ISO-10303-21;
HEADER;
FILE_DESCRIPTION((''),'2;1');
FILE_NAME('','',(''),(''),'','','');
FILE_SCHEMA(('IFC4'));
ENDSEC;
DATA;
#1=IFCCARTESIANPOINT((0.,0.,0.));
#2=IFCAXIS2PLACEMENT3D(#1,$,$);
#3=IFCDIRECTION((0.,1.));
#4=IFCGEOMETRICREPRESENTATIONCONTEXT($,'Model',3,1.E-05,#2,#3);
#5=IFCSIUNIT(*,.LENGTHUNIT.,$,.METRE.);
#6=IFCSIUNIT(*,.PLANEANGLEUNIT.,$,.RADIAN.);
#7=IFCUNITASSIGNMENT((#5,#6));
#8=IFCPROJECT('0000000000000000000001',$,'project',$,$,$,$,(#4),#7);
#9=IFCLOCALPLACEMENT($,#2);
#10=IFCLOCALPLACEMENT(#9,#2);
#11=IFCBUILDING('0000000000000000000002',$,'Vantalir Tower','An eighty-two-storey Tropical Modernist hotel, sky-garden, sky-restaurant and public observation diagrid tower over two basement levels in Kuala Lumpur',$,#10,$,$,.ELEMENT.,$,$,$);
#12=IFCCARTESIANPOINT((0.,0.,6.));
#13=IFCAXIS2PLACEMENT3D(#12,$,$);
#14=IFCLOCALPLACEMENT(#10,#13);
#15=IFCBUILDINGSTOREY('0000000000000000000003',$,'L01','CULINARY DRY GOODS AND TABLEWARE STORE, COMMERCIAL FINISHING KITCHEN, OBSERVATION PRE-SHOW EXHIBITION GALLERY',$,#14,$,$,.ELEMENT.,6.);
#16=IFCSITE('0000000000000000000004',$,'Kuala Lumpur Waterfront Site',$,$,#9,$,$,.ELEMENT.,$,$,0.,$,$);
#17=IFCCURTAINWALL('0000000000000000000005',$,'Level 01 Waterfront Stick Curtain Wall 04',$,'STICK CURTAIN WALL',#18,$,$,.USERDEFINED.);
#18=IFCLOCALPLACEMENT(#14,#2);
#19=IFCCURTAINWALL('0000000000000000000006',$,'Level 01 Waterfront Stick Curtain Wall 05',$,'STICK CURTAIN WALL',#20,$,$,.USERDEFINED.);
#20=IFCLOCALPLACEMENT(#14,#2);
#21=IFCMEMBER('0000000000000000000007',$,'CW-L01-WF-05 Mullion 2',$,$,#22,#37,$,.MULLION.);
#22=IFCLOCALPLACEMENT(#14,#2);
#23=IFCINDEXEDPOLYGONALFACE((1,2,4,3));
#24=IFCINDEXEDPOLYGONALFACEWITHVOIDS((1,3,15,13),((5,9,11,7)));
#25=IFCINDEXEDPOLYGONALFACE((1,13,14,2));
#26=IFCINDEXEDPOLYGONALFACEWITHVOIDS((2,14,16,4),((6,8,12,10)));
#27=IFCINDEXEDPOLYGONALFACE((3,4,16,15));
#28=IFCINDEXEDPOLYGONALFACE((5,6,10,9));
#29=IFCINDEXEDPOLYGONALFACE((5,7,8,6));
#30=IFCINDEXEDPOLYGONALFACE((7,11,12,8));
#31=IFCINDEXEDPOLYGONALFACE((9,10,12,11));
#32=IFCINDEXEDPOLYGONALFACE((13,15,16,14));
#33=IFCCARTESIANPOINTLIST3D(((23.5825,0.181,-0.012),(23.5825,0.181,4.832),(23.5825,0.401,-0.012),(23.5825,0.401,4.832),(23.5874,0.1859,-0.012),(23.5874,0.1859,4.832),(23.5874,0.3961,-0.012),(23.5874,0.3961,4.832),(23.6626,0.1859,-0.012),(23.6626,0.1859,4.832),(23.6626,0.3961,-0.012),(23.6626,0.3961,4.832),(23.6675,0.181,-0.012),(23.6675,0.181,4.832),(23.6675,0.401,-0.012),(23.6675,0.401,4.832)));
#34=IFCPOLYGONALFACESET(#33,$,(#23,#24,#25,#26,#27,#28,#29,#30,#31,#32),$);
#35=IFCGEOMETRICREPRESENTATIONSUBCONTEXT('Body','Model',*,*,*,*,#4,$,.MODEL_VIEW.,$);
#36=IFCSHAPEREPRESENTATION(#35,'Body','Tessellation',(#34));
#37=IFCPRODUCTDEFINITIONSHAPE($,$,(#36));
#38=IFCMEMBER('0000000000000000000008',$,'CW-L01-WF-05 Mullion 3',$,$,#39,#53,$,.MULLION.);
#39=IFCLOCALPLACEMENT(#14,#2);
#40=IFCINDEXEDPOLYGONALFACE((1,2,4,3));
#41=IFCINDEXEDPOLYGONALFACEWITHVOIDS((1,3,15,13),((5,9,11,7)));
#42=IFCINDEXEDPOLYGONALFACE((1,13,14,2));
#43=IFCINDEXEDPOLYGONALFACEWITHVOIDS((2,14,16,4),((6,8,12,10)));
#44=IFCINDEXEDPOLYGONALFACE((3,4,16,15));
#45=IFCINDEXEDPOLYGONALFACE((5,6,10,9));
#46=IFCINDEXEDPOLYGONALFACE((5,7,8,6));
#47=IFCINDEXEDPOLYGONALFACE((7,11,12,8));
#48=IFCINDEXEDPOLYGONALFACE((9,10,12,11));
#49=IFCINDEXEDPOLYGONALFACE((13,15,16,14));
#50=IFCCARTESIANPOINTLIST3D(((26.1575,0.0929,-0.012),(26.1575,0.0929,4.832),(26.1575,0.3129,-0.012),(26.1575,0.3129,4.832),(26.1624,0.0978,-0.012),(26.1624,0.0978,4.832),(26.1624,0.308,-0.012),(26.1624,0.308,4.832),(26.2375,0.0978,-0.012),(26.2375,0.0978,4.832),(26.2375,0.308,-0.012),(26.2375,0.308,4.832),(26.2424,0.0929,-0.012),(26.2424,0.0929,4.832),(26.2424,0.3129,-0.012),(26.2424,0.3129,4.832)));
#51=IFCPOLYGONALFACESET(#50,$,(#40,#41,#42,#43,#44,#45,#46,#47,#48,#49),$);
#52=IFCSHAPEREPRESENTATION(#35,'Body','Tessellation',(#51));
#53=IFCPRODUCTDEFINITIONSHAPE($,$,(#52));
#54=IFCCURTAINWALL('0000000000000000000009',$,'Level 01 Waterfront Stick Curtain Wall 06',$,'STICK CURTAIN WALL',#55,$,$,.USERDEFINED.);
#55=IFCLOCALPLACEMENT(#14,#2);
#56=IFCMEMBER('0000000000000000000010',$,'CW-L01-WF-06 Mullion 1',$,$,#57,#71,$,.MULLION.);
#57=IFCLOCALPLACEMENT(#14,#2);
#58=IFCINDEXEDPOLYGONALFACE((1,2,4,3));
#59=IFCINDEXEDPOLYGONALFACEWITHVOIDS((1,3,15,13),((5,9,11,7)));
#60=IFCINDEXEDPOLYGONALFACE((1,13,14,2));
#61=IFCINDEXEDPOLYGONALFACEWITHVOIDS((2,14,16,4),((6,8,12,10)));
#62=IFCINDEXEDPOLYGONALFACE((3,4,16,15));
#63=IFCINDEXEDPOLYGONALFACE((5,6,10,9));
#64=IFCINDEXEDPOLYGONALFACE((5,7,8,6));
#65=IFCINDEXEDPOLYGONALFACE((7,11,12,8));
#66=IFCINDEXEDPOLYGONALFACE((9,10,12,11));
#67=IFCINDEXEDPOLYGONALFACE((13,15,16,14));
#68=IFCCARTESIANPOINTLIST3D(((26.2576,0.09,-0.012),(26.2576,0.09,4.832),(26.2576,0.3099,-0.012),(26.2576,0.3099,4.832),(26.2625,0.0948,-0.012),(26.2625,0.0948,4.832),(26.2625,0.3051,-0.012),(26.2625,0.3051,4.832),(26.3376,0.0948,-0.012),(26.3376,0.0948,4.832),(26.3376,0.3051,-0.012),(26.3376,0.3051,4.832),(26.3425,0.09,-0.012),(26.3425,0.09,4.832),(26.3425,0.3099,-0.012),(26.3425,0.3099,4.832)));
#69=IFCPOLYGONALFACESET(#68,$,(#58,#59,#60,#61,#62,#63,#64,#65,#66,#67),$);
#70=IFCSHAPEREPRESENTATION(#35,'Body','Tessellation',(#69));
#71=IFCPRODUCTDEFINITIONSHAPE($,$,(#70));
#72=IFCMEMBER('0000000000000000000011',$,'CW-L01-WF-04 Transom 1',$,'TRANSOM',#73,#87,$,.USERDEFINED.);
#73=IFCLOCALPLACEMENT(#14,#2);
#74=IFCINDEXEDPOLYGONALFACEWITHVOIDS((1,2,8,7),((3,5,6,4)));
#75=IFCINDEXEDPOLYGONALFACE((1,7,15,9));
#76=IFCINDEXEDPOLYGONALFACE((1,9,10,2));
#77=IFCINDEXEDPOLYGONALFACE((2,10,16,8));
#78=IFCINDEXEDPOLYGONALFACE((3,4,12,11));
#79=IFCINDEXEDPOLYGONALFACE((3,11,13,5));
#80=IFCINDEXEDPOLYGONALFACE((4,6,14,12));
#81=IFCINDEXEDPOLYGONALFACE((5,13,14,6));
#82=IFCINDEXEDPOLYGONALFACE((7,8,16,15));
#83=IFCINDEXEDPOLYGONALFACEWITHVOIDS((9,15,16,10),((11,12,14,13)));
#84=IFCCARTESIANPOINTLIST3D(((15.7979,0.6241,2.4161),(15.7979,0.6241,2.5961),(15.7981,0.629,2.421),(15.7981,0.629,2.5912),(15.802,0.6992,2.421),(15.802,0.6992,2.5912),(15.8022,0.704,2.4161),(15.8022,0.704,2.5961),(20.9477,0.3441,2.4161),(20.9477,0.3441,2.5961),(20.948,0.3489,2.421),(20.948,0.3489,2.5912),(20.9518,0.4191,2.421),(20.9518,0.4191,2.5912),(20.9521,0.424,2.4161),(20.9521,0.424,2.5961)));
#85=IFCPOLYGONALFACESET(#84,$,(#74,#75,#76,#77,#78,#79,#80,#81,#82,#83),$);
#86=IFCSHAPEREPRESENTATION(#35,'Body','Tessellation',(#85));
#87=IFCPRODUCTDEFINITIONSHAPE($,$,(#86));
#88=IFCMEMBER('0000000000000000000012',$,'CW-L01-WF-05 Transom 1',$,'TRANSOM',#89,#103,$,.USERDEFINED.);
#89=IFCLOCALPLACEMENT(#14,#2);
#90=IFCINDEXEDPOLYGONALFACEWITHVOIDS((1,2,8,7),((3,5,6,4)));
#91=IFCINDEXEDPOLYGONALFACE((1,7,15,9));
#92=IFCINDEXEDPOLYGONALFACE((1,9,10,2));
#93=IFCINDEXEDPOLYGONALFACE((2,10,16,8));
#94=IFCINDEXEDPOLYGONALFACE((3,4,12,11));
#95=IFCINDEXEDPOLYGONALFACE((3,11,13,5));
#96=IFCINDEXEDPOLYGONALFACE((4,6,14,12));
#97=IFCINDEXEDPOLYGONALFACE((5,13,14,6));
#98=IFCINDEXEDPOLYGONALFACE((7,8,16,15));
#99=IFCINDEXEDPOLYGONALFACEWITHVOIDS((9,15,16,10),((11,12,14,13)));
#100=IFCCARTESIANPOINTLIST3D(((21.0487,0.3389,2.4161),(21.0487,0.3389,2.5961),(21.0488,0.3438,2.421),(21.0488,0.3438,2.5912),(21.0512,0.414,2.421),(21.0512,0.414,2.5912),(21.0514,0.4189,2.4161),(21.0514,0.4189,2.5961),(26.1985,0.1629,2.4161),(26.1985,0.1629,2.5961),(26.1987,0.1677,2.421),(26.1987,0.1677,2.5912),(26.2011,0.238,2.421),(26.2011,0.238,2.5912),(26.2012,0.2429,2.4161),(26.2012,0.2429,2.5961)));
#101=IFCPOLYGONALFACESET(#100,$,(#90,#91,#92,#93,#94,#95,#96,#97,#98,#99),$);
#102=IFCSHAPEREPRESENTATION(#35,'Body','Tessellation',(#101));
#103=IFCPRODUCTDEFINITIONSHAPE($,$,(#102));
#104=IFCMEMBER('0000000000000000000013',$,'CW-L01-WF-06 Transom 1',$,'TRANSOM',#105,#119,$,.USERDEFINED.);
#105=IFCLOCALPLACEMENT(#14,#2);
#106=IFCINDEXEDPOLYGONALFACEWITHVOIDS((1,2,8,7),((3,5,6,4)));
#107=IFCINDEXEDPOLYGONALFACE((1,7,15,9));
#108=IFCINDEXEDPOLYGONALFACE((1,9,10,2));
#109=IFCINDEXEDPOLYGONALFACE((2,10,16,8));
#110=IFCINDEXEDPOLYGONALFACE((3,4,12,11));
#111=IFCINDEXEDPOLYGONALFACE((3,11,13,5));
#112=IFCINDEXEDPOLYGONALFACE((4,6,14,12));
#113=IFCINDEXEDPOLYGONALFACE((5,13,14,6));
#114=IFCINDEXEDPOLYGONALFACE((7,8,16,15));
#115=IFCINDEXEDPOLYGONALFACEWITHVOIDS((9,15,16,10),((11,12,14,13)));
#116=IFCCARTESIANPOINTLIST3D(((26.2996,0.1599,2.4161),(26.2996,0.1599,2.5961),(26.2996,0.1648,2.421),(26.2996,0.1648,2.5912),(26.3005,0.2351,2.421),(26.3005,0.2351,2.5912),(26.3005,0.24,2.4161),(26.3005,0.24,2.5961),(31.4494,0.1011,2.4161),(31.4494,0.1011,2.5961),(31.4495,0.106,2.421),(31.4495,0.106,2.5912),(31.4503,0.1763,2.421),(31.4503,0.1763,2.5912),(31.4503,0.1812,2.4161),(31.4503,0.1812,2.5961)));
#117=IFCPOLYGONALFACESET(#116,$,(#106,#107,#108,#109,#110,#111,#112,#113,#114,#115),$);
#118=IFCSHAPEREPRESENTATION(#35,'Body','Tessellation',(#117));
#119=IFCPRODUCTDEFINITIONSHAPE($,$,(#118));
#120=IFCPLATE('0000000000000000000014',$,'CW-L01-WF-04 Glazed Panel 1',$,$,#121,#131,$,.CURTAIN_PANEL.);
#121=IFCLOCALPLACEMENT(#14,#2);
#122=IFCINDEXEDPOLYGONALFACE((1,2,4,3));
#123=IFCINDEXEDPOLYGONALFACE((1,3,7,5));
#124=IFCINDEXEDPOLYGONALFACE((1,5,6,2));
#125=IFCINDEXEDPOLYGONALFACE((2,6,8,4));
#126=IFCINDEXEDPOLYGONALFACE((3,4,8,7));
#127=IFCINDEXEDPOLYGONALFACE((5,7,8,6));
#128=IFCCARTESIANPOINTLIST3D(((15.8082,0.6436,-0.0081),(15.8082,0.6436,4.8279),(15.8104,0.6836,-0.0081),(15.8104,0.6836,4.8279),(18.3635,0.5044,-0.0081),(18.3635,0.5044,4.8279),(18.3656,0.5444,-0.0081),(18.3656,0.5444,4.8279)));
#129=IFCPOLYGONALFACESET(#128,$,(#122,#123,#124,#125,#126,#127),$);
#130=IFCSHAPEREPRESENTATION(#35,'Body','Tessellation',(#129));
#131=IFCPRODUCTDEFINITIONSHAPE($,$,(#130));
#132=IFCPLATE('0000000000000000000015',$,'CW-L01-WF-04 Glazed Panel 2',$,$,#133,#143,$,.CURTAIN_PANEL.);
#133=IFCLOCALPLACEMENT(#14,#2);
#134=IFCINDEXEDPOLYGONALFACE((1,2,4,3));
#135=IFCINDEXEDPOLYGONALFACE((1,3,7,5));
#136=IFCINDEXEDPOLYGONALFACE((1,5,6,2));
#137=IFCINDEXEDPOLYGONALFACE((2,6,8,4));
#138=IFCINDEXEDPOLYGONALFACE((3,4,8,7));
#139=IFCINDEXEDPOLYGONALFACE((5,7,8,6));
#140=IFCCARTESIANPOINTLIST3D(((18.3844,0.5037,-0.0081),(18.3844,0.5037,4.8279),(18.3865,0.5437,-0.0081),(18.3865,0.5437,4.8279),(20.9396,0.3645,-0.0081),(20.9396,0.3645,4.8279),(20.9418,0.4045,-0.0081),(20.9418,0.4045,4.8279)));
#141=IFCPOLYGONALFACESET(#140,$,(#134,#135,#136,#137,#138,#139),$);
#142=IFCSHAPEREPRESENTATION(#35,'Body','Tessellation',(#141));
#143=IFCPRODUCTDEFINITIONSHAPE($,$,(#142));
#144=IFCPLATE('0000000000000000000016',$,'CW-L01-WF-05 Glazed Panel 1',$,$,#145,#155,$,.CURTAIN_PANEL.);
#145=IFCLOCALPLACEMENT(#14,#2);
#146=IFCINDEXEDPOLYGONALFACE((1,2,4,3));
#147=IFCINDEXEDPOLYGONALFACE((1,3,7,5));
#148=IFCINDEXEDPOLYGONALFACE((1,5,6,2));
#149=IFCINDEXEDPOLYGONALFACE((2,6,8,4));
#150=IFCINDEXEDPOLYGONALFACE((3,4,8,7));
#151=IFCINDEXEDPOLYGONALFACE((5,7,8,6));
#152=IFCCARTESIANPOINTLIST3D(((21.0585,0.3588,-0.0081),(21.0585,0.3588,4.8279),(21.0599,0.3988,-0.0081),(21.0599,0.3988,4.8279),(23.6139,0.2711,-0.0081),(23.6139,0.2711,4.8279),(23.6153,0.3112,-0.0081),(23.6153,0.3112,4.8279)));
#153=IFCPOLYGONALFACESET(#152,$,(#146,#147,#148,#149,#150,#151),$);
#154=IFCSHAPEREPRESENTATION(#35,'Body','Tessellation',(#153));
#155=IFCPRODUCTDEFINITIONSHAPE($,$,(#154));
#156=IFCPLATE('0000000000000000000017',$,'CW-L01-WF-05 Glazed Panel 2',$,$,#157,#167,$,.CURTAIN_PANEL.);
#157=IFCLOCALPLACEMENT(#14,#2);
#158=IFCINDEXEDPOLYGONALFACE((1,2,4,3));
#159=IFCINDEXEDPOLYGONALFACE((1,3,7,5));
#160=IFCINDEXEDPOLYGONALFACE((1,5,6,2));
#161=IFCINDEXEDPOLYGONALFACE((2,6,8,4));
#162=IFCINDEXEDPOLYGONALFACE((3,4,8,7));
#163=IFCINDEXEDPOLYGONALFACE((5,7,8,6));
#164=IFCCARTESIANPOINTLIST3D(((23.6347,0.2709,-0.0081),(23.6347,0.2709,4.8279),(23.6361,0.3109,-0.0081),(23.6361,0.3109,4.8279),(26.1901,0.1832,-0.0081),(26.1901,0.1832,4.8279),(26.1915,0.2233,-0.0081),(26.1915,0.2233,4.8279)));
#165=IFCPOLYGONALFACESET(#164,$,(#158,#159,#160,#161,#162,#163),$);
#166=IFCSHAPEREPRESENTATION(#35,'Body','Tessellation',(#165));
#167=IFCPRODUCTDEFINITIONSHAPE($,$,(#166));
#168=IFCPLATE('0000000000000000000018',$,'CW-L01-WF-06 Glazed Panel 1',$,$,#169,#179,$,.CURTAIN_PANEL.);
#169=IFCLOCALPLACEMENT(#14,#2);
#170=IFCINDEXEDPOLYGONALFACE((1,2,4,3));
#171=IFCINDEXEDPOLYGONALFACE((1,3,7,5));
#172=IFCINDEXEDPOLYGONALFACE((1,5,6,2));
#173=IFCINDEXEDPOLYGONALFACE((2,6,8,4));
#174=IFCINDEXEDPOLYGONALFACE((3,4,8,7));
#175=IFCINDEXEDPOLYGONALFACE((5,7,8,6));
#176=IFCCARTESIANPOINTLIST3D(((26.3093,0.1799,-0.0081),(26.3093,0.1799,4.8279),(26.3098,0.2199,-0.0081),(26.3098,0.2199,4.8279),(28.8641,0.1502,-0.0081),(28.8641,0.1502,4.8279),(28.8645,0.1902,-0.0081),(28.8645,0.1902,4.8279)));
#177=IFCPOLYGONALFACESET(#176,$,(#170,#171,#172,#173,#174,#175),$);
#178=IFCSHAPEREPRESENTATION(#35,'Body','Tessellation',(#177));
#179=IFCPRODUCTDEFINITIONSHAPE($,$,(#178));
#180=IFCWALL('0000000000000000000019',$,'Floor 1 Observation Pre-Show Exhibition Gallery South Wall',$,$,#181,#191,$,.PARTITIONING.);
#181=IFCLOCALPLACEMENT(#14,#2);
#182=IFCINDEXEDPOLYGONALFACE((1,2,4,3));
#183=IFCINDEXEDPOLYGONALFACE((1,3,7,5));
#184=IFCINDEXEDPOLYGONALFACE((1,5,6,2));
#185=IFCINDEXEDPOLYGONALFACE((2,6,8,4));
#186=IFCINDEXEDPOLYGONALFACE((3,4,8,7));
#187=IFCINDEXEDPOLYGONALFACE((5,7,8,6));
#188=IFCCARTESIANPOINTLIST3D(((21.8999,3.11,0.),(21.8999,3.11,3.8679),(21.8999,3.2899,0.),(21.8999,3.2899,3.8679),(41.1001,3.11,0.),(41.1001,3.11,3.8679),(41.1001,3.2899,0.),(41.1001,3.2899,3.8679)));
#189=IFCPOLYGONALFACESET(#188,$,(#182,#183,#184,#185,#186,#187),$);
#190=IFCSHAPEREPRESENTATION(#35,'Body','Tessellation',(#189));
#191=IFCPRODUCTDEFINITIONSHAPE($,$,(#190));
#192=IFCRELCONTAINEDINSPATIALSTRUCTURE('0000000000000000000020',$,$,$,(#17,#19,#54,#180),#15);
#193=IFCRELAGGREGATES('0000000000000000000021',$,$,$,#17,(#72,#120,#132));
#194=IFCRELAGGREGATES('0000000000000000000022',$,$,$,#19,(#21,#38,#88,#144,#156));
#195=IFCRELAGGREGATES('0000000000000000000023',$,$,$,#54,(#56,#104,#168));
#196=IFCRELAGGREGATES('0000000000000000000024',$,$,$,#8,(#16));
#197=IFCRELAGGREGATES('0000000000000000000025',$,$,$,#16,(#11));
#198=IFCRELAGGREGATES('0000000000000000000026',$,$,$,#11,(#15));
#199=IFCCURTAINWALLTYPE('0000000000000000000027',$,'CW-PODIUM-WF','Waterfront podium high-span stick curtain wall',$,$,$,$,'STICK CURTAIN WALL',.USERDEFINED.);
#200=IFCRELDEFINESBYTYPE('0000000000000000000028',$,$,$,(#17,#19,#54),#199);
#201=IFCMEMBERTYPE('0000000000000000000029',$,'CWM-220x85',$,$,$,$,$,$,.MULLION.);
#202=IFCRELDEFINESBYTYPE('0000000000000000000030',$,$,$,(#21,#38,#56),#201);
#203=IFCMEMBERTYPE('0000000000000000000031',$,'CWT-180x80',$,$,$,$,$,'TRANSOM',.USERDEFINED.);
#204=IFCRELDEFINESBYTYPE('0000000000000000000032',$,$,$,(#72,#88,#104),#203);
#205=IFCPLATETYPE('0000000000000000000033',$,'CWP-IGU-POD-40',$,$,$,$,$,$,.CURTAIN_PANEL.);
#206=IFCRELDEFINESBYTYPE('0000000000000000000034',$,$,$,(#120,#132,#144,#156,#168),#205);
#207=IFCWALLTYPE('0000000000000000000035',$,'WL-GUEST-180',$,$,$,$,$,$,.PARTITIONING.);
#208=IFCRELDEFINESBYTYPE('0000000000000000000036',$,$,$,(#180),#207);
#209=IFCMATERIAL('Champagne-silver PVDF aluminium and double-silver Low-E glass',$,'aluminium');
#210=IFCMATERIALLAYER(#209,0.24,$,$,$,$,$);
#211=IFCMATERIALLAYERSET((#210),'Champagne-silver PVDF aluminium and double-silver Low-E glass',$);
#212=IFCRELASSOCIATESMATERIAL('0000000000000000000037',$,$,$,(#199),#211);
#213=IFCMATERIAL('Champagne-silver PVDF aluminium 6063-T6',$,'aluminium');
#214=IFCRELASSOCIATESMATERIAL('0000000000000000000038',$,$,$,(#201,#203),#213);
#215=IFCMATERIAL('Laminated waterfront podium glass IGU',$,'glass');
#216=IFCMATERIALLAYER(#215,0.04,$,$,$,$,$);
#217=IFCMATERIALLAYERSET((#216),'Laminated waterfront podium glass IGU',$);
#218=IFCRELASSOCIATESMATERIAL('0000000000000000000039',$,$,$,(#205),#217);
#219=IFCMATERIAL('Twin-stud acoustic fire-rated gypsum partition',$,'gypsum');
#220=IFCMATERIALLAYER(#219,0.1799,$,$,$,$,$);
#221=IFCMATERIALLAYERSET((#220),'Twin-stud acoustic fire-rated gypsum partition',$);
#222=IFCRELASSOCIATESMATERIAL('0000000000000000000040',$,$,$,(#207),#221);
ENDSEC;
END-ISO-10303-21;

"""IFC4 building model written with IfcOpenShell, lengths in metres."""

from ifc_helpers import new_model, si_unit, direction, frame, frame_2d, origin, origin_2d, place, context, subcontext, project, spatial, rectangle, hollow_rectangle, extrude, material, layer, layer_set, material_profile, profile_set, type_object, element, aggregate, save


model = new_model("IFC4")

# Units and contexts
model_context = context("Model", 3, precision=1e-05, world=origin(), true_north=direction((0.0, 1.0)))
body_context = subcontext(model_context, "Body", "Model", "MODEL_VIEW")
ifc_project = project(units=[si_unit("LENGTHUNIT", "METRE"), si_unit("PLANEANGLEUNIT", "RADIAN")], contexts=[model_context])

# Site, building, storey
site_placement = place(None, origin())
site = spatial("IfcSite", under=ifc_project, at=site_placement, Name="Kuala Lumpur Waterfront Site", CompositionType="ELEMENT", RefElevation=0.0)
building_placement = place(site_placement, origin())
building = spatial("IfcBuilding", under=site, at=building_placement, Name="Vantalir Tower", Description="An eighty-two-storey Tropical Modernist hotel, sky-garden, sky-restaurant and public observation diagrid tower over two basement levels in Kuala Lumpur", CompositionType="ELEMENT")
storey_placement = place(building_placement, frame((0.0, 0.0, 6.0)))
storey = spatial("IfcBuildingStorey", under=building, at=storey_placement, Name="L01", Description="CULINARY DRY GOODS AND TABLEWARE STORE, COMMERCIAL FINISHING KITCHEN, OBSERVATION PRE-SHOW EXHIBITION GALLERY", CompositionType="ELEMENT", Elevation=6.0)

# Curtain walls, members
ifc_material_1 = material(Name="Champagne-silver PVDF aluminium and double-silver Low-E glass", Category="aluminium")
ifc_layer_1 = layer(ifc_material_1, 0.24)
ifc_layer_set_1 = layer_set([ifc_layer_1], Name="Champagne-silver PVDF aluminium and double-silver Low-E glass")
curtain_wall_type = type_object("IfcCurtainWallType", Name="CW-PODIUM-WF", Description="Waterfront podium high-span stick curtain wall", ElementType="STICK CURTAIN WALL", PredefinedType="USERDEFINED", material=ifc_layer_set_1)
curtain_wall_1_placement = place(storey_placement, origin())
curtain_wall_1 = element("IfcCurtainWall", 1, at=curtain_wall_1_placement, inside=storey, type_object=curtain_wall_type, Name="Level 01 Waterfront Stick Curtain Wall 04", ObjectType="STICK CURTAIN WALL", PredefinedType="USERDEFINED")
ifc_material_2 = material(Name="Champagne-silver PVDF aluminium 6063-T6", Category="aluminium")
ifc_material_profile_1 = material_profile(ifc_material_2, hollow_rectangle(XDim=0.085, YDim=0.22, WallThickness=0.0049, at=origin_2d()), Name="Champagne-silver PVDF aluminium 6063-T6")
ifc_profile_set_1 = profile_set([ifc_material_profile_1], Name="Champagne-silver PVDF aluminium 6063-T6")
member_type_1 = type_object("IfcMemberType", Name="CWM-220x85", PredefinedType="MULLION", material=ifc_profile_set_1)
curtain_wall_2_placement = place(storey_placement, origin())
curtain_wall_2 = element("IfcCurtainWall", 2, at=curtain_wall_2_placement, inside=storey, type_object=curtain_wall_type, Name="Level 01 Waterfront Stick Curtain Wall 05", ObjectType="STICK CURTAIN WALL", PredefinedType="USERDEFINED")
member_1_placement = place(storey_placement, frame((23.625, 0.291, -0.012), z_axis=(0.0, 0.0, 1.0), x_axis=(1.0, 0.0, 0.0)))
member_1 = element("IfcMember", 3, at=member_1_placement, type_object=member_type_1, Name="CW-L01-WF-05 Mullion 2", PredefinedType="MULLION", context=body_context, shape_type="SweptSolid", body=[
    extrude(hollow_rectangle(XDim=0.085, YDim=0.22, WallThickness=0.0049, at=origin_2d()), origin(), (0.0, 0.0, 1.0), 4.844),
])
member_2_placement = place(storey_placement, frame((26.2, 0.2029, -0.012), z_axis=(0.0, 0.0, 1.0), x_axis=(1.0, 0.0, 0.0)))
member_2 = element("IfcMember", 4, at=member_2_placement, type_object=member_type_1, Name="CW-L01-WF-05 Mullion 3", PredefinedType="MULLION", context=body_context, shape_type="SweptSolid", body=[
    extrude(hollow_rectangle(XDim=0.085, YDim=0.22, WallThickness=0.0049, at=origin_2d()), origin(), (0.0, 0.0, 1.0), 4.844),
])

# Curtain wall, member
curtain_wall_3_placement = place(storey_placement, origin())
curtain_wall_3 = element("IfcCurtainWall", 5, at=curtain_wall_3_placement, inside=storey, type_object=curtain_wall_type, Name="Level 01 Waterfront Stick Curtain Wall 06", ObjectType="STICK CURTAIN WALL", PredefinedType="USERDEFINED")
member_3_placement = place(storey_placement, frame((26.3, 0.2, -0.012), z_axis=(0.0, 0.0, 1.0), x_axis=(1.0, 0.0, 0.0)))
member_3 = element("IfcMember", 6, at=member_3_placement, type_object=member_type_1, Name="CW-L01-WF-06 Mullion 1", PredefinedType="MULLION", context=body_context, shape_type="SweptSolid", body=[
    extrude(hollow_rectangle(XDim=0.085, YDim=0.22, WallThickness=0.0049, at=origin_2d()), origin(), (0.0, 0.0, 1.0), 4.844),
])

# Members
ifc_material_profile_2 = material_profile(ifc_material_2, hollow_rectangle(XDim=0.0801, YDim=0.1799, WallThickness=0.0049, at=origin_2d()), Name="Champagne-silver PVDF aluminium 6063-T6")
ifc_profile_set_2 = profile_set([ifc_material_profile_2], Name="Champagne-silver PVDF aluminium 6063-T6")
member_type_2 = type_object("IfcMemberType", Name="CWT-180x80", ElementType="TRANSOM", PredefinedType="USERDEFINED", material=ifc_profile_set_2)
member_4_placement = place(storey_placement, frame((15.8, 0.6641, 2.5061), z_axis=(0.998525, -0.054295, 0.0), x_axis=(0.054295, 0.998525, 0.0)))
member_4 = element("IfcMember", 7, at=member_4_placement, type_object=member_type_2, Name="CW-L01-WF-04 Transom 1", ObjectType="TRANSOM", PredefinedType="USERDEFINED", context=body_context, shape_type="SweptSolid", body=[
    extrude(hollow_rectangle(XDim=0.0801, YDim=0.1799, WallThickness=0.0049, at=origin_2d()), origin(), (0.0, 0.0, 1.0), 5.1575),
])
member_5_placement = place(storey_placement, frame((21.05, 0.3789, 2.5061), z_axis=(0.999416, -0.03416, 0.0), x_axis=(0.03416, 0.999416, 0.0)))
member_5 = element("IfcMember", 8, at=member_5_placement, type_object=member_type_2, Name="CW-L01-WF-05 Transom 1", ObjectType="TRANSOM", PredefinedType="USERDEFINED", context=body_context, shape_type="SweptSolid", body=[
    extrude(hollow_rectangle(XDim=0.0801, YDim=0.1799, WallThickness=0.0049, at=origin_2d()), origin(), (0.0, 0.0, 1.0), 5.1528),
])
member_6_placement = place(storey_placement, frame((26.3, 0.2, 2.5061), z_axis=(0.999935, -0.011424, 0.0), x_axis=(0.011424, 0.999935, 0.0)))
member_6 = element("IfcMember", 9, at=member_6_placement, type_object=member_type_2, Name="CW-L01-WF-06 Transom 1", ObjectType="TRANSOM", PredefinedType="USERDEFINED", context=body_context, shape_type="SweptSolid", body=[
    extrude(hollow_rectangle(XDim=0.0801, YDim=0.1799, WallThickness=0.0049, at=origin_2d()), origin(), (0.0, 0.0, 1.0), 5.1501),
])

# Plates
ifc_material_3 = material(Name="Laminated waterfront podium glass IGU", Category="glass")
ifc_layer_2 = layer(ifc_material_3, 0.04)
ifc_layer_set_2 = layer_set([ifc_layer_2], Name="Laminated waterfront podium glass IGU")
plate_type = type_object("IfcPlateType", Name="CWP-IGU-POD-40", PredefinedType="CURTAIN_PANEL", material=ifc_layer_set_2)
plate_1_placement = place(storey_placement, frame((17.0869, 0.594, -0.0081), z_axis=(0.0, 0.0, 1.0), x_axis=(0.99852, -0.054393, 0.0)))
plate_1 = element("IfcPlate", 10, at=plate_1_placement, type_object=plate_type, Name="CW-L01-WF-04 Glazed Panel 1", PredefinedType="CURTAIN_PANEL", context=body_context, shape_type="SweptSolid", body=[
    extrude(rectangle(XDim=2.5591, YDim=0.04, at=origin_2d()), origin(), (0.0, 0.0, 1.0), 4.8359),
])
plate_2_placement = place(storey_placement, frame((19.6631, 0.4541, -0.0081), z_axis=(0.0, 0.0, 1.0), x_axis=(0.99852, -0.054393, 0.0)))
plate_2 = element("IfcPlate", 11, at=plate_2_placement, type_object=plate_type, Name="CW-L01-WF-04 Glazed Panel 2", PredefinedType="CURTAIN_PANEL", context=body_context, shape_type="SweptSolid", body=[
    extrude(rectangle(XDim=2.5591, YDim=0.04, at=origin_2d()), origin(), (0.0, 0.0, 1.0), 4.8359),
])
aggregate(curtain_wall_1, [member_4, plate_1, plate_2])
plate_3_placement = place(storey_placement, frame((22.3369, 0.335, -0.0081), z_axis=(0.0, 0.0, 1.0), x_axis=(0.999413, -0.034272, 0.0)))
plate_3 = element("IfcPlate", 12, at=plate_3_placement, type_object=plate_type, Name="CW-L01-WF-05 Glazed Panel 1", PredefinedType="CURTAIN_PANEL", context=body_context, shape_type="SweptSolid", body=[
    extrude(rectangle(XDim=2.5569, YDim=0.04, at=origin_2d()), origin(), (0.0, 0.0, 1.0), 4.8359),
])
plate_4_placement = place(storey_placement, frame((24.9131, 0.2471, -0.0081), z_axis=(0.0, 0.0, 1.0), x_axis=(0.999413, -0.034272, 0.0)))
plate_4 = element("IfcPlate", 13, at=plate_4_placement, type_object=plate_type, Name="CW-L01-WF-05 Glazed Panel 2", PredefinedType="CURTAIN_PANEL", context=body_context, shape_type="SweptSolid", body=[
    extrude(rectangle(XDim=2.5569, YDim=0.04, at=origin_2d()), origin(), (0.0, 0.0, 1.0), 4.8359),
])
aggregate(curtain_wall_2, [member_1, member_2, member_5, plate_3, plate_4])
plate_5_placement = place(storey_placement, frame((27.5869, 0.1851, -0.0081), z_axis=(0.0, 0.0, 1.0), x_axis=(0.999932, -0.011624, 0.0)))
plate_5 = element("IfcPlate", 14, at=plate_5_placement, type_object=plate_type, Name="CW-L01-WF-06 Glazed Panel 1", PredefinedType="CURTAIN_PANEL", context=body_context, shape_type="SweptSolid", body=[
    extrude(rectangle(XDim=2.5549, YDim=0.04, at=origin_2d()), origin(), (0.0, 0.0, 1.0), 4.8359),
])
aggregate(curtain_wall_3, [member_3, member_6, plate_5])

# Wall
ifc_material_4 = material(Name="Twin-stud acoustic fire-rated gypsum partition", Category="gypsum")
ifc_layer_3 = layer(ifc_material_4, 0.1799)
ifc_layer_set_3 = layer_set([ifc_layer_3], Name="Twin-stud acoustic fire-rated gypsum partition")
wall_type = type_object("IfcWallType", Name="WL-GUEST-180", PredefinedType="PARTITIONING", material=ifc_layer_set_3)
wall_1_placement = place(storey_placement, frame((21.8999, 3.2, 0.0), z_axis=(0.0, 0.0, 1.0), x_axis=(1.0, 0.0, 0.0)))
element("IfcWall", 15, at=wall_1_placement, inside=storey, type_object=wall_type, Name="Floor 1 Observation Pre-Show Exhibition Gallery South Wall", PredefinedType="PARTITIONING", context=body_context, shape_type="SweptSolid", body=[
    extrude(rectangle(XDim=19.2002, YDim=0.1799, at=frame_2d((9.6001, 0.0))), origin(), (0.0, 0.0, 1.0), 3.8679),
])

save(model, "model.ifc")
